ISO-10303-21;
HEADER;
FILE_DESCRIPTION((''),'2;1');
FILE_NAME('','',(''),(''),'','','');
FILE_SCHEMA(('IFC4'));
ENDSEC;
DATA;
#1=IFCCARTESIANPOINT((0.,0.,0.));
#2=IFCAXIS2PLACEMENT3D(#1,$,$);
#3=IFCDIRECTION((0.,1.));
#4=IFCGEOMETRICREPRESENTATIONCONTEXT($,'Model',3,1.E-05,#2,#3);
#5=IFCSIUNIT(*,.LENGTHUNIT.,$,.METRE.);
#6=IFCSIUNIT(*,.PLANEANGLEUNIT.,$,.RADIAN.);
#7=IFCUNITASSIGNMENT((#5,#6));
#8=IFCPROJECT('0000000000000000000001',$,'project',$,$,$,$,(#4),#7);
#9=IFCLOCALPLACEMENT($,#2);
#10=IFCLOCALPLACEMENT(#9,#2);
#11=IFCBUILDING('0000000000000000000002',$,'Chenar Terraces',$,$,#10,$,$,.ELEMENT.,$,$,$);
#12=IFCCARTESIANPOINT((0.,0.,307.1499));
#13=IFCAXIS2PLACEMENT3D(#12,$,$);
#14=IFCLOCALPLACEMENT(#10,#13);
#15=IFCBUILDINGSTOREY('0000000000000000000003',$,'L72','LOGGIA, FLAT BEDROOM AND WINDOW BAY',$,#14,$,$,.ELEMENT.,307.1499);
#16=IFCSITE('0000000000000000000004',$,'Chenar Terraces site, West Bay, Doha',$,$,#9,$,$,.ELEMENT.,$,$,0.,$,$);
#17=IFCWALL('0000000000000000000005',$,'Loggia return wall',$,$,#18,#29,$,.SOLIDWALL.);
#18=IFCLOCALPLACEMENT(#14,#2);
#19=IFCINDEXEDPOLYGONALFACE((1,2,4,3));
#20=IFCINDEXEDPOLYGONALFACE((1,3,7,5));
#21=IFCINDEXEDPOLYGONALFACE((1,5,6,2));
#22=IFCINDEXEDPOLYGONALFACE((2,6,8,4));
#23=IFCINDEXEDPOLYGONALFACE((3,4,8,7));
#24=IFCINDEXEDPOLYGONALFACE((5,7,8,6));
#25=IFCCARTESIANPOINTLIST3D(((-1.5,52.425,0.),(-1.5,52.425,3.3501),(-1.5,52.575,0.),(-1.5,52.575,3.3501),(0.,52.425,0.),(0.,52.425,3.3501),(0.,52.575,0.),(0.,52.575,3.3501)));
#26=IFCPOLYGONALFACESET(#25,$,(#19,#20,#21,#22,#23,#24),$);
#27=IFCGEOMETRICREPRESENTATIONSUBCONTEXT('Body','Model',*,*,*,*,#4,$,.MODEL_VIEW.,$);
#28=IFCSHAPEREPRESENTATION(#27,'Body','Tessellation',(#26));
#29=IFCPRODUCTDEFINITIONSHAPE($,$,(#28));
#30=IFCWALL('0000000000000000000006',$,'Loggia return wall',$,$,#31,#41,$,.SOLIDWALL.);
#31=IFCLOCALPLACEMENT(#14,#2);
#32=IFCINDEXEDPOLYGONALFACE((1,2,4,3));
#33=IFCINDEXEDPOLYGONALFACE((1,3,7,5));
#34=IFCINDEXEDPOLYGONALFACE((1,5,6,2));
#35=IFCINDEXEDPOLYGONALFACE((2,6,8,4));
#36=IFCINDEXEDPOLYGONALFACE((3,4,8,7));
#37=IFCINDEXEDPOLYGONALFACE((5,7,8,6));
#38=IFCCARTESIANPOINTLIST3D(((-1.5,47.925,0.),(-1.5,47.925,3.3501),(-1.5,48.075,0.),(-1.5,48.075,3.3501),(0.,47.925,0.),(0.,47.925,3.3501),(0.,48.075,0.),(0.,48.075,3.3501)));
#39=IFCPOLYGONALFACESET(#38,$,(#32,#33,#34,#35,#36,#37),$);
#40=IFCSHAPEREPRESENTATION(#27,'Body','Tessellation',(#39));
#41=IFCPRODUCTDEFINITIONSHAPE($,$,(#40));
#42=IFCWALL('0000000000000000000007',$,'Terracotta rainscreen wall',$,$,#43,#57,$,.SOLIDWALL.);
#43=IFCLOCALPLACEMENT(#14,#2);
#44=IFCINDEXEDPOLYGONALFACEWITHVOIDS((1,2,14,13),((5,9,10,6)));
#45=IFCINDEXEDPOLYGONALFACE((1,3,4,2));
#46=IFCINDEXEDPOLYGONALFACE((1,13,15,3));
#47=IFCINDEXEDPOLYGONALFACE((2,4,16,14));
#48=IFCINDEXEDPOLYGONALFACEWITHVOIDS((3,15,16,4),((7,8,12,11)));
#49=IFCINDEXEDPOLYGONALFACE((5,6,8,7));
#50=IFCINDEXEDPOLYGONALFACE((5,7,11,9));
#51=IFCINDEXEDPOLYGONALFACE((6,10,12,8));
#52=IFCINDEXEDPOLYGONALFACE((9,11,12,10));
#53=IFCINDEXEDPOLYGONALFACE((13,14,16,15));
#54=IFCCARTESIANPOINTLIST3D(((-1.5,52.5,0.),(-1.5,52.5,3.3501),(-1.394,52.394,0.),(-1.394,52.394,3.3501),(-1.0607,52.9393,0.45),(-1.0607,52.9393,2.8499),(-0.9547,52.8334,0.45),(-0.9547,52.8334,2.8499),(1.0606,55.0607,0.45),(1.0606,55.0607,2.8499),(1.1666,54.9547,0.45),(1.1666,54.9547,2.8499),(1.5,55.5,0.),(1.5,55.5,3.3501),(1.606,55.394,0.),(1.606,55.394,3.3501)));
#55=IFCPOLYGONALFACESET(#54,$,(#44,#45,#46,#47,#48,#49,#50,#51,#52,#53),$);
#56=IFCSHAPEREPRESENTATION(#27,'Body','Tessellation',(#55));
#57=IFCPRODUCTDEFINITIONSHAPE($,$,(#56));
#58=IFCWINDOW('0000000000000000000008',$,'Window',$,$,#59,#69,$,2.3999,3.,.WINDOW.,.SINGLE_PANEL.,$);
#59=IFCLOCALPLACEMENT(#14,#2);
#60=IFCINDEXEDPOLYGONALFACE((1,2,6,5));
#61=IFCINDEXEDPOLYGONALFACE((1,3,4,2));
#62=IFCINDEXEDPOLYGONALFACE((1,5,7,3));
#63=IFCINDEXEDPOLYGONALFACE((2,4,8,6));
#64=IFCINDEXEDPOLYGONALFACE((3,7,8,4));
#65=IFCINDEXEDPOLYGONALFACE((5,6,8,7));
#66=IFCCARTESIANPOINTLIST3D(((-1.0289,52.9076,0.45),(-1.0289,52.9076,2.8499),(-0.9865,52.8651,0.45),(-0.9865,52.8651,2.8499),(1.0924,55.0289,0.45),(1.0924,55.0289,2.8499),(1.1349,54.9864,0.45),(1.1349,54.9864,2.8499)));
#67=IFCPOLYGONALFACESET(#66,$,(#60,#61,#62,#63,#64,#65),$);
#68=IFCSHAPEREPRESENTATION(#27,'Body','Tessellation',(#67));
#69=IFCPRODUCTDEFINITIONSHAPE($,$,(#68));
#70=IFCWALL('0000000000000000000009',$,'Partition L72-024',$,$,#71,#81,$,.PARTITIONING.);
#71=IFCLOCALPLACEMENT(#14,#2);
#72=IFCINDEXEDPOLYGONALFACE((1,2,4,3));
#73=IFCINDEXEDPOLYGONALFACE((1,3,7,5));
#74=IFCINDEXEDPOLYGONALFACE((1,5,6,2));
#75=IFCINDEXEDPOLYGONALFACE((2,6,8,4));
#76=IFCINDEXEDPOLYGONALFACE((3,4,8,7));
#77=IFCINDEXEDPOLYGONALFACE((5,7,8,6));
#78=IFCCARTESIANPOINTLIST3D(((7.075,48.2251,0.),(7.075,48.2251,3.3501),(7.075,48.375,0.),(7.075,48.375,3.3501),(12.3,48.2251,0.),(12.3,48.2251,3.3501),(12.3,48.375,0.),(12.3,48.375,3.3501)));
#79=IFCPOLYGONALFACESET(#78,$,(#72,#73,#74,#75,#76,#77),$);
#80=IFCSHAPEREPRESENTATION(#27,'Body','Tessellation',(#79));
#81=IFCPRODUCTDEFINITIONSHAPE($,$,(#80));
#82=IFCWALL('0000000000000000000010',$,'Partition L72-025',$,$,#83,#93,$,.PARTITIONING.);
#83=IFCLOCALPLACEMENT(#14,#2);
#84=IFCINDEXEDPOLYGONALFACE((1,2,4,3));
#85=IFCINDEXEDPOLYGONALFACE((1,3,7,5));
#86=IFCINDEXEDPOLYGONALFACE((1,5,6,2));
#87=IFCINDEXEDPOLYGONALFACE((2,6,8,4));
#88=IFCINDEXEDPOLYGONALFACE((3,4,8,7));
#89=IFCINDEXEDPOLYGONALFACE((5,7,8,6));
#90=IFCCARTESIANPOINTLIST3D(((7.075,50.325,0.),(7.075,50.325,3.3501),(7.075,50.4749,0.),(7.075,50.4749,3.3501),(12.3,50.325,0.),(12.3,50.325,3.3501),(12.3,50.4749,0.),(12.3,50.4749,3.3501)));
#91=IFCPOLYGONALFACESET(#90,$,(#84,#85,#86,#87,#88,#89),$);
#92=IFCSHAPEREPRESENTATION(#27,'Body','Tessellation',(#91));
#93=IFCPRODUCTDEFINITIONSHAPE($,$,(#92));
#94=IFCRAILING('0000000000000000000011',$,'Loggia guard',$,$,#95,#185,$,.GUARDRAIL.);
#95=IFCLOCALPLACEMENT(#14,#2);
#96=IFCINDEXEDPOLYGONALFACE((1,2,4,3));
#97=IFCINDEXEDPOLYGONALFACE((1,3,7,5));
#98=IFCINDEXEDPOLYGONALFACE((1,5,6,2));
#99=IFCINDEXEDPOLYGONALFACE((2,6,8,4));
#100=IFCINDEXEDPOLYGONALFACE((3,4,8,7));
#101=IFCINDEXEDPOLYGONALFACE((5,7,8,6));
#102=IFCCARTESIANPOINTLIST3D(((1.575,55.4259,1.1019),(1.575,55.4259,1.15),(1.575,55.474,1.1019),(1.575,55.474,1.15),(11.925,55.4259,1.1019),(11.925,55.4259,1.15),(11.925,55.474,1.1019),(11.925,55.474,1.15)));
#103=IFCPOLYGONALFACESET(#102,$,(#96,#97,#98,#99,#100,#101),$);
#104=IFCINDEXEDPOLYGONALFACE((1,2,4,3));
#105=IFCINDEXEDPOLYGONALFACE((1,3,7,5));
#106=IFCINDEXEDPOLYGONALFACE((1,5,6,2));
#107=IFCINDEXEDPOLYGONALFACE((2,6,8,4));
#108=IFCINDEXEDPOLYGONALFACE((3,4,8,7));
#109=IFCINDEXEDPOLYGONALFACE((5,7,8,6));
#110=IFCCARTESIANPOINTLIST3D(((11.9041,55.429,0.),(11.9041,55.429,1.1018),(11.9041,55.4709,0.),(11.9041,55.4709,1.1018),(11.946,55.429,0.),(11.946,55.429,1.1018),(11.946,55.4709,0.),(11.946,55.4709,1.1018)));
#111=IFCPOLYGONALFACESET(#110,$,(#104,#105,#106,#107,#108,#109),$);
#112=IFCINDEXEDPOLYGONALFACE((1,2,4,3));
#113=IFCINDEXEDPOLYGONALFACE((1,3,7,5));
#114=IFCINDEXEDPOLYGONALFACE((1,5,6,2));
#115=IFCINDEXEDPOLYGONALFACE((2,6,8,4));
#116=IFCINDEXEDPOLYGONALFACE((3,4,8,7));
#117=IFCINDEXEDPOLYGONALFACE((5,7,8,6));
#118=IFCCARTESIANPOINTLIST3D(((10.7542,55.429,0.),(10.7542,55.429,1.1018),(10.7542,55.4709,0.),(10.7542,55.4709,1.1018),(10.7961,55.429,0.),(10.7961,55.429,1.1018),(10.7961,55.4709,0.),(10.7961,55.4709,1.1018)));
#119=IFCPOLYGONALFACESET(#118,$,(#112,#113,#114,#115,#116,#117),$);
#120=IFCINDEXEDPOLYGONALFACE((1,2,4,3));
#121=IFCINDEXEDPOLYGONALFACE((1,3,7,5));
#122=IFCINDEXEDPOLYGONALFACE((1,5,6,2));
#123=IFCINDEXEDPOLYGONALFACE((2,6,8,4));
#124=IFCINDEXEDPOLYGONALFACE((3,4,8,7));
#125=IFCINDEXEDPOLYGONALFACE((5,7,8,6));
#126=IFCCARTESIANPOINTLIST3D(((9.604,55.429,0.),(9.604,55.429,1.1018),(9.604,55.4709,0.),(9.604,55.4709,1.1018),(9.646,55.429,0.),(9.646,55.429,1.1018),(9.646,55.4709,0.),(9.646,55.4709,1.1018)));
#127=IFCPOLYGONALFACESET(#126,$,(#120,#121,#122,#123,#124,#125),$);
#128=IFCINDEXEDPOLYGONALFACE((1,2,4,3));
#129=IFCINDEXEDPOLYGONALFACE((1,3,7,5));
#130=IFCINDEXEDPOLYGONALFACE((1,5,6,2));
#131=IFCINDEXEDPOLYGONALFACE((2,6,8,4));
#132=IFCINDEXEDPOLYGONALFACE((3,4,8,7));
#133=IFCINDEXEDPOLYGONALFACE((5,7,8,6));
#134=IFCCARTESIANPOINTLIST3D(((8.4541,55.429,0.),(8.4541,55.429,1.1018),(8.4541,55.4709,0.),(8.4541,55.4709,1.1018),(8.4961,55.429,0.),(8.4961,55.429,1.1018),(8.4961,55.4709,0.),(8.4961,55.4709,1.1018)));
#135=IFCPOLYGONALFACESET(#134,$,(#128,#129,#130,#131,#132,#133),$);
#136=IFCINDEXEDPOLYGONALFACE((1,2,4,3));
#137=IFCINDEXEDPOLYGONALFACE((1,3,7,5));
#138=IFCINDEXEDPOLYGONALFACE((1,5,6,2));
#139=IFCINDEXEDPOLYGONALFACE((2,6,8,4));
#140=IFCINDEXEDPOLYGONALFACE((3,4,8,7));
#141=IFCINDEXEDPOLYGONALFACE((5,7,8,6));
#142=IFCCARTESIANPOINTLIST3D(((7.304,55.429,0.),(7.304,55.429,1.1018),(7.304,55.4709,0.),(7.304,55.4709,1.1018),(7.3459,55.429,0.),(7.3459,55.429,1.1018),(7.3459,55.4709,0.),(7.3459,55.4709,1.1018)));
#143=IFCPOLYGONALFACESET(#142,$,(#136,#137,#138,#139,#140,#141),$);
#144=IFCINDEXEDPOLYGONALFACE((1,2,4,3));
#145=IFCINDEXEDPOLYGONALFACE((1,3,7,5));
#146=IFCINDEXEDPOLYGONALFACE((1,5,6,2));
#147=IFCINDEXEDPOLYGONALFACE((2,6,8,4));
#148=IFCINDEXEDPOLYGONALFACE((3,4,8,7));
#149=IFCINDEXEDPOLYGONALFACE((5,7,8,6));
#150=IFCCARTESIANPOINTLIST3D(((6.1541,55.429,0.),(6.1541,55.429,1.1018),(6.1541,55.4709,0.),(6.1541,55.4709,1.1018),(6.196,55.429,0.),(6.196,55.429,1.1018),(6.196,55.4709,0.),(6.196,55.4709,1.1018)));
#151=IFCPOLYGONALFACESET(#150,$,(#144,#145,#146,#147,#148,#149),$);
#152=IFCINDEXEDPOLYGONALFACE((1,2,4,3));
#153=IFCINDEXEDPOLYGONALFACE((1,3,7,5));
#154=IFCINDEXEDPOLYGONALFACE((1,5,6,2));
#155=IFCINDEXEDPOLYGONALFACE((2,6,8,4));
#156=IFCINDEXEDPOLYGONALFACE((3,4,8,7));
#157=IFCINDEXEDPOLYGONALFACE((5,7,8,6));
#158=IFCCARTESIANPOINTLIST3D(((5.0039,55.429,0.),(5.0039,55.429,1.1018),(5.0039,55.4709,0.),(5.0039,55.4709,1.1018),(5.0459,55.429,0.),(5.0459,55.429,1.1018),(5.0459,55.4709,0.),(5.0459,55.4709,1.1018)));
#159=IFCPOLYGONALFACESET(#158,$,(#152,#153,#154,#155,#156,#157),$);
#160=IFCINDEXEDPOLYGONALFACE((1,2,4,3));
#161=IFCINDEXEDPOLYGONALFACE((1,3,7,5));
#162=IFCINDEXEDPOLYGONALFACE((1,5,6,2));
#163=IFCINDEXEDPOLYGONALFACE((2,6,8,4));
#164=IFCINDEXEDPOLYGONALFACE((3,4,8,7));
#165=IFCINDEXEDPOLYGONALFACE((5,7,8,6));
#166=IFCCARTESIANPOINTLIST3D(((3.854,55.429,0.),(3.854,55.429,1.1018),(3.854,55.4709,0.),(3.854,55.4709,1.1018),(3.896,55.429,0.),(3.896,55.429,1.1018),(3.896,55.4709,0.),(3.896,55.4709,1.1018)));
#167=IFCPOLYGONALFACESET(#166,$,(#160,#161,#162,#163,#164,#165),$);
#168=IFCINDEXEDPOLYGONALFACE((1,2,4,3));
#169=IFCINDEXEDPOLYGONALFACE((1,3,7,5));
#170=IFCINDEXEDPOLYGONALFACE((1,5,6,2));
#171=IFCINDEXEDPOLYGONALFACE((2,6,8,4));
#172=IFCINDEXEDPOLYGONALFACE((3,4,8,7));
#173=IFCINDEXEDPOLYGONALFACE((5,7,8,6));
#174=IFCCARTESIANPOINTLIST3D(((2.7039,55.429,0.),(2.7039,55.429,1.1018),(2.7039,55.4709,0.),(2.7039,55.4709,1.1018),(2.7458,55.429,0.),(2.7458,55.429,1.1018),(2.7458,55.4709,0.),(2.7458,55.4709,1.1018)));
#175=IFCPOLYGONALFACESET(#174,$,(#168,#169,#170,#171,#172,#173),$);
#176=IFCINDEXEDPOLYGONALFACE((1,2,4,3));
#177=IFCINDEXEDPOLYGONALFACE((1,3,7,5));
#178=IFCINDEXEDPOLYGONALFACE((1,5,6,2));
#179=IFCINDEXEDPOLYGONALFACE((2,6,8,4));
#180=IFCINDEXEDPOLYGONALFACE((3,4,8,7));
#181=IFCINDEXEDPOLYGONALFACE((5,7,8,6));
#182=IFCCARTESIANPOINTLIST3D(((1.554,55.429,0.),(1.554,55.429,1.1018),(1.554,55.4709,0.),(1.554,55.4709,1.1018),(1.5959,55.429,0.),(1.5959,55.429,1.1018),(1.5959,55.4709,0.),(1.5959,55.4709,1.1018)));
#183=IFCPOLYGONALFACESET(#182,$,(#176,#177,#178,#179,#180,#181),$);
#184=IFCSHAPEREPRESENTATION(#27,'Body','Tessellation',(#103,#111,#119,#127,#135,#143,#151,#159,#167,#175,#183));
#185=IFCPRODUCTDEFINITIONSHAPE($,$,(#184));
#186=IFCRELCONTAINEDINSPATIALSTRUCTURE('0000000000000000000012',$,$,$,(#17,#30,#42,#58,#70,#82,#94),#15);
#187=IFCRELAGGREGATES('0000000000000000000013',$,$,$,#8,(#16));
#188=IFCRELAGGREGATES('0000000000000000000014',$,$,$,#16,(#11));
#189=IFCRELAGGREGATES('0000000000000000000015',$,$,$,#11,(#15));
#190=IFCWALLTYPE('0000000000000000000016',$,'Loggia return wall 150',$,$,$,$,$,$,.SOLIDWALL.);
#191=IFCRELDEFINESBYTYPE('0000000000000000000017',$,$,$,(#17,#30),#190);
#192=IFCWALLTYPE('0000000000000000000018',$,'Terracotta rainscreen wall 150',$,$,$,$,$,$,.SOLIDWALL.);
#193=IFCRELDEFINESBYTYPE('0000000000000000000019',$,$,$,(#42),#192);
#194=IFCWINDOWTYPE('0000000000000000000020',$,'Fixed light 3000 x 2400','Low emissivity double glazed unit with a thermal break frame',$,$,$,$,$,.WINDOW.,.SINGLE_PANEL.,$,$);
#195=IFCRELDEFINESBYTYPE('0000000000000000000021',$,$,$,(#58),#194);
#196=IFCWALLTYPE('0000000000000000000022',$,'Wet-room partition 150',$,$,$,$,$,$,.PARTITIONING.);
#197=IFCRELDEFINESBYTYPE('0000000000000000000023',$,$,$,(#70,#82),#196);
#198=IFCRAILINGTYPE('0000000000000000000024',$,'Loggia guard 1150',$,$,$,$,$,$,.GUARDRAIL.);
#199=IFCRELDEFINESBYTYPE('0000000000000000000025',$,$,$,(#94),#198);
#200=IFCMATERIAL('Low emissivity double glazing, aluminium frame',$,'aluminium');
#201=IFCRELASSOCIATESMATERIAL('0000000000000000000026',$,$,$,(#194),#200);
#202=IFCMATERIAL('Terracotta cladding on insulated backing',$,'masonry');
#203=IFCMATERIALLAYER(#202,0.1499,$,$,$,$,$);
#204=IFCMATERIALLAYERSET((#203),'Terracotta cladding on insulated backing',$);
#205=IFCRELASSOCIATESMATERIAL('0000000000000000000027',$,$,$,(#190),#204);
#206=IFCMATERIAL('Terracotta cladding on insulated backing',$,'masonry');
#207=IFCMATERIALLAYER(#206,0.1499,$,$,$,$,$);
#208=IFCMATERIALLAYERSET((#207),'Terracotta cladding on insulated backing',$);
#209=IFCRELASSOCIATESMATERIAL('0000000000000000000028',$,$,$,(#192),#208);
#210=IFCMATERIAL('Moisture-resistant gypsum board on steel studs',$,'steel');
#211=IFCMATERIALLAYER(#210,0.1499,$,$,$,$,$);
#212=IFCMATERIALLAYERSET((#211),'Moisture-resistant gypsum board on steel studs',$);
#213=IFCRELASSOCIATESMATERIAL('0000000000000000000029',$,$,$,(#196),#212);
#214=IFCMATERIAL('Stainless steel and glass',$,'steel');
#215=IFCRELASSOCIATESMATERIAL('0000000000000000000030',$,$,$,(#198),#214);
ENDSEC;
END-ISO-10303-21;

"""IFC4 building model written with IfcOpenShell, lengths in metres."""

from ifc_helpers import new_model, si_unit, direction, frame, frame_2d, origin, origin_2d, place, context, subcontext, project, spatial, rectangle, extrude, material, layer, layer_set, type_object, element, fill, save


model = new_model("IFC4")

# Units and contexts
model_context = context("Model", 3, precision=1e-05, world=origin(), true_north=direction((0.0, 1.0)))
body_context = subcontext(model_context, "Body", "Model", "MODEL_VIEW")
ifc_project = project(units=[si_unit("LENGTHUNIT", "METRE"), si_unit("PLANEANGLEUNIT", "RADIAN")], contexts=[model_context])

# Site, building, storey
site_placement = place(None, origin())
site = spatial("IfcSite", under=ifc_project, at=site_placement, Name="Chenar Terraces site, West Bay, Doha", CompositionType="ELEMENT", RefElevation=0.0)
building_placement = place(site_placement, origin())
building = spatial("IfcBuilding", under=site, at=building_placement, Name="Chenar Terraces", CompositionType="ELEMENT")
storey_placement = place(building_placement, frame((0.0, 0.0, 307.1499)))
storey = spatial("IfcBuildingStorey", under=building, at=storey_placement, Name="L72", Description="LOGGIA, FLAT BEDROOM AND WINDOW BAY", CompositionType="ELEMENT", Elevation=307.1499)

# Shared definitions
ifc_material_1 = material(Name="Low emissivity double glazing, aluminium frame", Category="aluminium")
window_type_1 = type_object("IfcWindowType", Name="Fixed light 3000 x 2400", Description="Low emissivity double glazed unit with a thermal break frame", PartitioningType="SINGLE_PANEL", PredefinedType="WINDOW", material=ifc_material_1)

# Walls
ifc_material_2 = material(Name="Terracotta cladding on insulated backing", Category="masonry")
ifc_layer_1 = layer(ifc_material_2, 0.1499)
ifc_layer_set_1 = layer_set([ifc_layer_1], Name="Terracotta cladding on insulated backing")
wall_type_1 = type_object("IfcWallType", Name="Loggia return wall 150", PredefinedType="SOLIDWALL", material=ifc_layer_set_1)
for number, where, z_axis, x_axis, name in (
    (1, (-1.5, 52.5, 0.0), (0.0, 0.0, 1.0), (1.0, 0.0, 0.0), "Loggia return wall"),
    (2, (-1.5, 48.0, 0.0), (0.0, 0.0, 1.0), (1.0, 0.0, 0.0), "Loggia return wall"),
):
    element("IfcWall", number, at=place(storey_placement, frame(where, z_axis=z_axis, x_axis=x_axis)), inside=storey, type_object=wall_type_1, Name=name, PredefinedType="SOLIDWALL", context=body_context, shape_type="SweptSolid", body=[
        extrude(rectangle(XDim=1.5, YDim=0.1499, at=frame_2d((0.75, 0.0))), origin(), (0.0, 0.0, 1.0), 3.3501),
    ])

# Wall, opening, window
ifc_material_3 = material(Name="Terracotta cladding on insulated backing", Category="masonry")
ifc_layer_2 = layer(ifc_material_3, 0.1499)
ifc_layer_set_2 = layer_set([ifc_layer_2], Name="Terracotta cladding on insulated backing")
wall_type_2 = type_object("IfcWallType", Name="Terracotta rainscreen wall 150", PredefinedType="SOLIDWALL", material=ifc_layer_set_2)
wall_1_placement = place(storey_placement, frame((1.553, 55.447, 0.0), z_axis=(0.0, 0.0, 1.0), x_axis=(-0.707107, -0.707107, 0.0)))
wall_1 = element("IfcWall", 3, at=wall_1_placement, inside=storey, type_object=wall_type_2, Name="Terracotta rainscreen wall", PredefinedType="SOLIDWALL", context=body_context, shape_type="SweptSolid", body=[
    extrude(rectangle(XDim=4.2427, YDim=0.1499, at=frame_2d((2.1213, 0.0))), origin(), (0.0, 0.0, 1.0), 3.3501),
])
opening_1_placement = place(wall_1_placement, frame((0.6213, 0.0, 0.45)))
opening_1 = element("IfcOpeningElement", 4, at=opening_1_placement, cuts=wall_1, PredefinedType="OPENING", context=body_context, shape_type="SweptSolid", body=[
    extrude(rectangle(XDim=3.0, YDim=2.3999, at=frame_2d((1.5, 1.2))), frame((0.0, 0.085, 0.0), z_axis=(0.0, -1.0, 0.0), x_axis=(1.0, 0.0, 0.0)), (0.0, 0.0, 1.0), 0.1699),
])
window_1_placement = place(opening_1_placement, origin())
window_1 = element("IfcWindow", 5, at=window_1_placement, inside=storey, type_object=window_type_1, Name="Window", OverallHeight=2.3999, OverallWidth=3.0, PartitioningType="SINGLE_PANEL", PredefinedType="WINDOW", context=body_context, shape_type="SweptSolid", body=[
    extrude(rectangle(XDim=3.0, YDim=2.3999, at=frame_2d((1.5, 1.2))), frame((0.0, 0.03, 0.0), z_axis=(0.0, -1.0, 0.0), x_axis=(1.0, 0.0, 0.0)), (0.0, 0.0, 1.0), 0.0601),
])
fill(opening_1, window_1)

# Walls
ifc_material_4 = material(Name="Moisture-resistant gypsum board on steel studs", Category="steel")
ifc_layer_3 = layer(ifc_material_4, 0.1499)
ifc_layer_set_3 = layer_set([ifc_layer_3], Name="Moisture-resistant gypsum board on steel studs")
wall_type_3 = type_object("IfcWallType", Name="Wet-room partition 150", PredefinedType="PARTITIONING", material=ifc_layer_set_3)
for number, where, z_axis, x_axis, name in (
    (6, (7.075, 48.3, 0.0), (0.0, 0.0, 1.0), (1.0, 0.0, 0.0), "Partition L72-024"),
    (7, (7.075, 50.3999, 0.0), (0.0, 0.0, 1.0), (1.0, 0.0, 0.0), "Partition L72-025"),
):
    element("IfcWall", number, at=place(storey_placement, frame(where, z_axis=z_axis, x_axis=x_axis)), inside=storey, type_object=wall_type_3, Name=name, PredefinedType="PARTITIONING", context=body_context, shape_type="SweptSolid", body=[
        extrude(rectangle(XDim=5.2251, YDim=0.1499, at=frame_2d((2.6125, 0.0))), origin(), (0.0, 0.0, 1.0), 3.3501),
    ])

# Railing
ifc_material_5 = material(Name="Stainless steel and glass", Category="steel")
railing_type = type_object("IfcRailingType", Name="Loggia guard 1150", PredefinedType="GUARDRAIL", material=ifc_material_5)
railing_1_placement = place(storey_placement, frame((11.925, 55.45, 0.0)))
element("IfcRailing", 8, at=railing_1_placement, inside=storey, type_object=railing_type, Name="Loggia guard", PredefinedType="GUARDRAIL", context=body_context, shape_type="SweptSolid", body=[
    extrude(rectangle(XDim=0.0481, YDim=0.0481, at=origin_2d()), frame((0.0, 0.0, 1.126), z_axis=(-1.0, 0.0, 0.0), x_axis=(0.0, -1.0, 0.0)), (0.0, 0.0, 1.0), 10.3501),
    extrude(rectangle(XDim=0.042, YDim=0.042, at=origin_2d()), origin(), (0.0, 0.0, 1.0), 1.1018),
    extrude(rectangle(XDim=0.042, YDim=0.042, at=origin_2d()), frame((-1.1499, 0.0, 0.0)), (0.0, 0.0, 1.0), 1.1018),
    extrude(rectangle(XDim=0.042, YDim=0.042, at=origin_2d()), frame((-2.3, 0.0, 0.0)), (0.0, 0.0, 1.0), 1.1018),
    extrude(rectangle(XDim=0.042, YDim=0.042, at=origin_2d()), frame((-3.45, 0.0, 0.0)), (0.0, 0.0, 1.0), 1.1018),
    extrude(rectangle(XDim=0.042, YDim=0.042, at=origin_2d()), frame((-4.6001, 0.0, 0.0)), (0.0, 0.0, 1.0), 1.1018),
    extrude(rectangle(XDim=0.042, YDim=0.042, at=origin_2d()), frame((-5.75, 0.0, 0.0)), (0.0, 0.0, 1.0), 1.1018),
    extrude(rectangle(XDim=0.042, YDim=0.042, at=origin_2d()), frame((-6.9001, 0.0, 0.0)), (0.0, 0.0, 1.0), 1.1018),
    extrude(rectangle(XDim=0.042, YDim=0.042, at=origin_2d()), frame((-8.05, 0.0, 0.0)), (0.0, 0.0, 1.0), 1.1018),
    extrude(rectangle(XDim=0.042, YDim=0.042, at=origin_2d()), frame((-9.2002, 0.0, 0.0)), (0.0, 0.0, 1.0), 1.1018),
    extrude(rectangle(XDim=0.042, YDim=0.042, at=origin_2d()), frame((-10.3501, 0.0, 0.0)), (0.0, 0.0, 1.0), 1.1018),
])

save(model, "model.ifc")
